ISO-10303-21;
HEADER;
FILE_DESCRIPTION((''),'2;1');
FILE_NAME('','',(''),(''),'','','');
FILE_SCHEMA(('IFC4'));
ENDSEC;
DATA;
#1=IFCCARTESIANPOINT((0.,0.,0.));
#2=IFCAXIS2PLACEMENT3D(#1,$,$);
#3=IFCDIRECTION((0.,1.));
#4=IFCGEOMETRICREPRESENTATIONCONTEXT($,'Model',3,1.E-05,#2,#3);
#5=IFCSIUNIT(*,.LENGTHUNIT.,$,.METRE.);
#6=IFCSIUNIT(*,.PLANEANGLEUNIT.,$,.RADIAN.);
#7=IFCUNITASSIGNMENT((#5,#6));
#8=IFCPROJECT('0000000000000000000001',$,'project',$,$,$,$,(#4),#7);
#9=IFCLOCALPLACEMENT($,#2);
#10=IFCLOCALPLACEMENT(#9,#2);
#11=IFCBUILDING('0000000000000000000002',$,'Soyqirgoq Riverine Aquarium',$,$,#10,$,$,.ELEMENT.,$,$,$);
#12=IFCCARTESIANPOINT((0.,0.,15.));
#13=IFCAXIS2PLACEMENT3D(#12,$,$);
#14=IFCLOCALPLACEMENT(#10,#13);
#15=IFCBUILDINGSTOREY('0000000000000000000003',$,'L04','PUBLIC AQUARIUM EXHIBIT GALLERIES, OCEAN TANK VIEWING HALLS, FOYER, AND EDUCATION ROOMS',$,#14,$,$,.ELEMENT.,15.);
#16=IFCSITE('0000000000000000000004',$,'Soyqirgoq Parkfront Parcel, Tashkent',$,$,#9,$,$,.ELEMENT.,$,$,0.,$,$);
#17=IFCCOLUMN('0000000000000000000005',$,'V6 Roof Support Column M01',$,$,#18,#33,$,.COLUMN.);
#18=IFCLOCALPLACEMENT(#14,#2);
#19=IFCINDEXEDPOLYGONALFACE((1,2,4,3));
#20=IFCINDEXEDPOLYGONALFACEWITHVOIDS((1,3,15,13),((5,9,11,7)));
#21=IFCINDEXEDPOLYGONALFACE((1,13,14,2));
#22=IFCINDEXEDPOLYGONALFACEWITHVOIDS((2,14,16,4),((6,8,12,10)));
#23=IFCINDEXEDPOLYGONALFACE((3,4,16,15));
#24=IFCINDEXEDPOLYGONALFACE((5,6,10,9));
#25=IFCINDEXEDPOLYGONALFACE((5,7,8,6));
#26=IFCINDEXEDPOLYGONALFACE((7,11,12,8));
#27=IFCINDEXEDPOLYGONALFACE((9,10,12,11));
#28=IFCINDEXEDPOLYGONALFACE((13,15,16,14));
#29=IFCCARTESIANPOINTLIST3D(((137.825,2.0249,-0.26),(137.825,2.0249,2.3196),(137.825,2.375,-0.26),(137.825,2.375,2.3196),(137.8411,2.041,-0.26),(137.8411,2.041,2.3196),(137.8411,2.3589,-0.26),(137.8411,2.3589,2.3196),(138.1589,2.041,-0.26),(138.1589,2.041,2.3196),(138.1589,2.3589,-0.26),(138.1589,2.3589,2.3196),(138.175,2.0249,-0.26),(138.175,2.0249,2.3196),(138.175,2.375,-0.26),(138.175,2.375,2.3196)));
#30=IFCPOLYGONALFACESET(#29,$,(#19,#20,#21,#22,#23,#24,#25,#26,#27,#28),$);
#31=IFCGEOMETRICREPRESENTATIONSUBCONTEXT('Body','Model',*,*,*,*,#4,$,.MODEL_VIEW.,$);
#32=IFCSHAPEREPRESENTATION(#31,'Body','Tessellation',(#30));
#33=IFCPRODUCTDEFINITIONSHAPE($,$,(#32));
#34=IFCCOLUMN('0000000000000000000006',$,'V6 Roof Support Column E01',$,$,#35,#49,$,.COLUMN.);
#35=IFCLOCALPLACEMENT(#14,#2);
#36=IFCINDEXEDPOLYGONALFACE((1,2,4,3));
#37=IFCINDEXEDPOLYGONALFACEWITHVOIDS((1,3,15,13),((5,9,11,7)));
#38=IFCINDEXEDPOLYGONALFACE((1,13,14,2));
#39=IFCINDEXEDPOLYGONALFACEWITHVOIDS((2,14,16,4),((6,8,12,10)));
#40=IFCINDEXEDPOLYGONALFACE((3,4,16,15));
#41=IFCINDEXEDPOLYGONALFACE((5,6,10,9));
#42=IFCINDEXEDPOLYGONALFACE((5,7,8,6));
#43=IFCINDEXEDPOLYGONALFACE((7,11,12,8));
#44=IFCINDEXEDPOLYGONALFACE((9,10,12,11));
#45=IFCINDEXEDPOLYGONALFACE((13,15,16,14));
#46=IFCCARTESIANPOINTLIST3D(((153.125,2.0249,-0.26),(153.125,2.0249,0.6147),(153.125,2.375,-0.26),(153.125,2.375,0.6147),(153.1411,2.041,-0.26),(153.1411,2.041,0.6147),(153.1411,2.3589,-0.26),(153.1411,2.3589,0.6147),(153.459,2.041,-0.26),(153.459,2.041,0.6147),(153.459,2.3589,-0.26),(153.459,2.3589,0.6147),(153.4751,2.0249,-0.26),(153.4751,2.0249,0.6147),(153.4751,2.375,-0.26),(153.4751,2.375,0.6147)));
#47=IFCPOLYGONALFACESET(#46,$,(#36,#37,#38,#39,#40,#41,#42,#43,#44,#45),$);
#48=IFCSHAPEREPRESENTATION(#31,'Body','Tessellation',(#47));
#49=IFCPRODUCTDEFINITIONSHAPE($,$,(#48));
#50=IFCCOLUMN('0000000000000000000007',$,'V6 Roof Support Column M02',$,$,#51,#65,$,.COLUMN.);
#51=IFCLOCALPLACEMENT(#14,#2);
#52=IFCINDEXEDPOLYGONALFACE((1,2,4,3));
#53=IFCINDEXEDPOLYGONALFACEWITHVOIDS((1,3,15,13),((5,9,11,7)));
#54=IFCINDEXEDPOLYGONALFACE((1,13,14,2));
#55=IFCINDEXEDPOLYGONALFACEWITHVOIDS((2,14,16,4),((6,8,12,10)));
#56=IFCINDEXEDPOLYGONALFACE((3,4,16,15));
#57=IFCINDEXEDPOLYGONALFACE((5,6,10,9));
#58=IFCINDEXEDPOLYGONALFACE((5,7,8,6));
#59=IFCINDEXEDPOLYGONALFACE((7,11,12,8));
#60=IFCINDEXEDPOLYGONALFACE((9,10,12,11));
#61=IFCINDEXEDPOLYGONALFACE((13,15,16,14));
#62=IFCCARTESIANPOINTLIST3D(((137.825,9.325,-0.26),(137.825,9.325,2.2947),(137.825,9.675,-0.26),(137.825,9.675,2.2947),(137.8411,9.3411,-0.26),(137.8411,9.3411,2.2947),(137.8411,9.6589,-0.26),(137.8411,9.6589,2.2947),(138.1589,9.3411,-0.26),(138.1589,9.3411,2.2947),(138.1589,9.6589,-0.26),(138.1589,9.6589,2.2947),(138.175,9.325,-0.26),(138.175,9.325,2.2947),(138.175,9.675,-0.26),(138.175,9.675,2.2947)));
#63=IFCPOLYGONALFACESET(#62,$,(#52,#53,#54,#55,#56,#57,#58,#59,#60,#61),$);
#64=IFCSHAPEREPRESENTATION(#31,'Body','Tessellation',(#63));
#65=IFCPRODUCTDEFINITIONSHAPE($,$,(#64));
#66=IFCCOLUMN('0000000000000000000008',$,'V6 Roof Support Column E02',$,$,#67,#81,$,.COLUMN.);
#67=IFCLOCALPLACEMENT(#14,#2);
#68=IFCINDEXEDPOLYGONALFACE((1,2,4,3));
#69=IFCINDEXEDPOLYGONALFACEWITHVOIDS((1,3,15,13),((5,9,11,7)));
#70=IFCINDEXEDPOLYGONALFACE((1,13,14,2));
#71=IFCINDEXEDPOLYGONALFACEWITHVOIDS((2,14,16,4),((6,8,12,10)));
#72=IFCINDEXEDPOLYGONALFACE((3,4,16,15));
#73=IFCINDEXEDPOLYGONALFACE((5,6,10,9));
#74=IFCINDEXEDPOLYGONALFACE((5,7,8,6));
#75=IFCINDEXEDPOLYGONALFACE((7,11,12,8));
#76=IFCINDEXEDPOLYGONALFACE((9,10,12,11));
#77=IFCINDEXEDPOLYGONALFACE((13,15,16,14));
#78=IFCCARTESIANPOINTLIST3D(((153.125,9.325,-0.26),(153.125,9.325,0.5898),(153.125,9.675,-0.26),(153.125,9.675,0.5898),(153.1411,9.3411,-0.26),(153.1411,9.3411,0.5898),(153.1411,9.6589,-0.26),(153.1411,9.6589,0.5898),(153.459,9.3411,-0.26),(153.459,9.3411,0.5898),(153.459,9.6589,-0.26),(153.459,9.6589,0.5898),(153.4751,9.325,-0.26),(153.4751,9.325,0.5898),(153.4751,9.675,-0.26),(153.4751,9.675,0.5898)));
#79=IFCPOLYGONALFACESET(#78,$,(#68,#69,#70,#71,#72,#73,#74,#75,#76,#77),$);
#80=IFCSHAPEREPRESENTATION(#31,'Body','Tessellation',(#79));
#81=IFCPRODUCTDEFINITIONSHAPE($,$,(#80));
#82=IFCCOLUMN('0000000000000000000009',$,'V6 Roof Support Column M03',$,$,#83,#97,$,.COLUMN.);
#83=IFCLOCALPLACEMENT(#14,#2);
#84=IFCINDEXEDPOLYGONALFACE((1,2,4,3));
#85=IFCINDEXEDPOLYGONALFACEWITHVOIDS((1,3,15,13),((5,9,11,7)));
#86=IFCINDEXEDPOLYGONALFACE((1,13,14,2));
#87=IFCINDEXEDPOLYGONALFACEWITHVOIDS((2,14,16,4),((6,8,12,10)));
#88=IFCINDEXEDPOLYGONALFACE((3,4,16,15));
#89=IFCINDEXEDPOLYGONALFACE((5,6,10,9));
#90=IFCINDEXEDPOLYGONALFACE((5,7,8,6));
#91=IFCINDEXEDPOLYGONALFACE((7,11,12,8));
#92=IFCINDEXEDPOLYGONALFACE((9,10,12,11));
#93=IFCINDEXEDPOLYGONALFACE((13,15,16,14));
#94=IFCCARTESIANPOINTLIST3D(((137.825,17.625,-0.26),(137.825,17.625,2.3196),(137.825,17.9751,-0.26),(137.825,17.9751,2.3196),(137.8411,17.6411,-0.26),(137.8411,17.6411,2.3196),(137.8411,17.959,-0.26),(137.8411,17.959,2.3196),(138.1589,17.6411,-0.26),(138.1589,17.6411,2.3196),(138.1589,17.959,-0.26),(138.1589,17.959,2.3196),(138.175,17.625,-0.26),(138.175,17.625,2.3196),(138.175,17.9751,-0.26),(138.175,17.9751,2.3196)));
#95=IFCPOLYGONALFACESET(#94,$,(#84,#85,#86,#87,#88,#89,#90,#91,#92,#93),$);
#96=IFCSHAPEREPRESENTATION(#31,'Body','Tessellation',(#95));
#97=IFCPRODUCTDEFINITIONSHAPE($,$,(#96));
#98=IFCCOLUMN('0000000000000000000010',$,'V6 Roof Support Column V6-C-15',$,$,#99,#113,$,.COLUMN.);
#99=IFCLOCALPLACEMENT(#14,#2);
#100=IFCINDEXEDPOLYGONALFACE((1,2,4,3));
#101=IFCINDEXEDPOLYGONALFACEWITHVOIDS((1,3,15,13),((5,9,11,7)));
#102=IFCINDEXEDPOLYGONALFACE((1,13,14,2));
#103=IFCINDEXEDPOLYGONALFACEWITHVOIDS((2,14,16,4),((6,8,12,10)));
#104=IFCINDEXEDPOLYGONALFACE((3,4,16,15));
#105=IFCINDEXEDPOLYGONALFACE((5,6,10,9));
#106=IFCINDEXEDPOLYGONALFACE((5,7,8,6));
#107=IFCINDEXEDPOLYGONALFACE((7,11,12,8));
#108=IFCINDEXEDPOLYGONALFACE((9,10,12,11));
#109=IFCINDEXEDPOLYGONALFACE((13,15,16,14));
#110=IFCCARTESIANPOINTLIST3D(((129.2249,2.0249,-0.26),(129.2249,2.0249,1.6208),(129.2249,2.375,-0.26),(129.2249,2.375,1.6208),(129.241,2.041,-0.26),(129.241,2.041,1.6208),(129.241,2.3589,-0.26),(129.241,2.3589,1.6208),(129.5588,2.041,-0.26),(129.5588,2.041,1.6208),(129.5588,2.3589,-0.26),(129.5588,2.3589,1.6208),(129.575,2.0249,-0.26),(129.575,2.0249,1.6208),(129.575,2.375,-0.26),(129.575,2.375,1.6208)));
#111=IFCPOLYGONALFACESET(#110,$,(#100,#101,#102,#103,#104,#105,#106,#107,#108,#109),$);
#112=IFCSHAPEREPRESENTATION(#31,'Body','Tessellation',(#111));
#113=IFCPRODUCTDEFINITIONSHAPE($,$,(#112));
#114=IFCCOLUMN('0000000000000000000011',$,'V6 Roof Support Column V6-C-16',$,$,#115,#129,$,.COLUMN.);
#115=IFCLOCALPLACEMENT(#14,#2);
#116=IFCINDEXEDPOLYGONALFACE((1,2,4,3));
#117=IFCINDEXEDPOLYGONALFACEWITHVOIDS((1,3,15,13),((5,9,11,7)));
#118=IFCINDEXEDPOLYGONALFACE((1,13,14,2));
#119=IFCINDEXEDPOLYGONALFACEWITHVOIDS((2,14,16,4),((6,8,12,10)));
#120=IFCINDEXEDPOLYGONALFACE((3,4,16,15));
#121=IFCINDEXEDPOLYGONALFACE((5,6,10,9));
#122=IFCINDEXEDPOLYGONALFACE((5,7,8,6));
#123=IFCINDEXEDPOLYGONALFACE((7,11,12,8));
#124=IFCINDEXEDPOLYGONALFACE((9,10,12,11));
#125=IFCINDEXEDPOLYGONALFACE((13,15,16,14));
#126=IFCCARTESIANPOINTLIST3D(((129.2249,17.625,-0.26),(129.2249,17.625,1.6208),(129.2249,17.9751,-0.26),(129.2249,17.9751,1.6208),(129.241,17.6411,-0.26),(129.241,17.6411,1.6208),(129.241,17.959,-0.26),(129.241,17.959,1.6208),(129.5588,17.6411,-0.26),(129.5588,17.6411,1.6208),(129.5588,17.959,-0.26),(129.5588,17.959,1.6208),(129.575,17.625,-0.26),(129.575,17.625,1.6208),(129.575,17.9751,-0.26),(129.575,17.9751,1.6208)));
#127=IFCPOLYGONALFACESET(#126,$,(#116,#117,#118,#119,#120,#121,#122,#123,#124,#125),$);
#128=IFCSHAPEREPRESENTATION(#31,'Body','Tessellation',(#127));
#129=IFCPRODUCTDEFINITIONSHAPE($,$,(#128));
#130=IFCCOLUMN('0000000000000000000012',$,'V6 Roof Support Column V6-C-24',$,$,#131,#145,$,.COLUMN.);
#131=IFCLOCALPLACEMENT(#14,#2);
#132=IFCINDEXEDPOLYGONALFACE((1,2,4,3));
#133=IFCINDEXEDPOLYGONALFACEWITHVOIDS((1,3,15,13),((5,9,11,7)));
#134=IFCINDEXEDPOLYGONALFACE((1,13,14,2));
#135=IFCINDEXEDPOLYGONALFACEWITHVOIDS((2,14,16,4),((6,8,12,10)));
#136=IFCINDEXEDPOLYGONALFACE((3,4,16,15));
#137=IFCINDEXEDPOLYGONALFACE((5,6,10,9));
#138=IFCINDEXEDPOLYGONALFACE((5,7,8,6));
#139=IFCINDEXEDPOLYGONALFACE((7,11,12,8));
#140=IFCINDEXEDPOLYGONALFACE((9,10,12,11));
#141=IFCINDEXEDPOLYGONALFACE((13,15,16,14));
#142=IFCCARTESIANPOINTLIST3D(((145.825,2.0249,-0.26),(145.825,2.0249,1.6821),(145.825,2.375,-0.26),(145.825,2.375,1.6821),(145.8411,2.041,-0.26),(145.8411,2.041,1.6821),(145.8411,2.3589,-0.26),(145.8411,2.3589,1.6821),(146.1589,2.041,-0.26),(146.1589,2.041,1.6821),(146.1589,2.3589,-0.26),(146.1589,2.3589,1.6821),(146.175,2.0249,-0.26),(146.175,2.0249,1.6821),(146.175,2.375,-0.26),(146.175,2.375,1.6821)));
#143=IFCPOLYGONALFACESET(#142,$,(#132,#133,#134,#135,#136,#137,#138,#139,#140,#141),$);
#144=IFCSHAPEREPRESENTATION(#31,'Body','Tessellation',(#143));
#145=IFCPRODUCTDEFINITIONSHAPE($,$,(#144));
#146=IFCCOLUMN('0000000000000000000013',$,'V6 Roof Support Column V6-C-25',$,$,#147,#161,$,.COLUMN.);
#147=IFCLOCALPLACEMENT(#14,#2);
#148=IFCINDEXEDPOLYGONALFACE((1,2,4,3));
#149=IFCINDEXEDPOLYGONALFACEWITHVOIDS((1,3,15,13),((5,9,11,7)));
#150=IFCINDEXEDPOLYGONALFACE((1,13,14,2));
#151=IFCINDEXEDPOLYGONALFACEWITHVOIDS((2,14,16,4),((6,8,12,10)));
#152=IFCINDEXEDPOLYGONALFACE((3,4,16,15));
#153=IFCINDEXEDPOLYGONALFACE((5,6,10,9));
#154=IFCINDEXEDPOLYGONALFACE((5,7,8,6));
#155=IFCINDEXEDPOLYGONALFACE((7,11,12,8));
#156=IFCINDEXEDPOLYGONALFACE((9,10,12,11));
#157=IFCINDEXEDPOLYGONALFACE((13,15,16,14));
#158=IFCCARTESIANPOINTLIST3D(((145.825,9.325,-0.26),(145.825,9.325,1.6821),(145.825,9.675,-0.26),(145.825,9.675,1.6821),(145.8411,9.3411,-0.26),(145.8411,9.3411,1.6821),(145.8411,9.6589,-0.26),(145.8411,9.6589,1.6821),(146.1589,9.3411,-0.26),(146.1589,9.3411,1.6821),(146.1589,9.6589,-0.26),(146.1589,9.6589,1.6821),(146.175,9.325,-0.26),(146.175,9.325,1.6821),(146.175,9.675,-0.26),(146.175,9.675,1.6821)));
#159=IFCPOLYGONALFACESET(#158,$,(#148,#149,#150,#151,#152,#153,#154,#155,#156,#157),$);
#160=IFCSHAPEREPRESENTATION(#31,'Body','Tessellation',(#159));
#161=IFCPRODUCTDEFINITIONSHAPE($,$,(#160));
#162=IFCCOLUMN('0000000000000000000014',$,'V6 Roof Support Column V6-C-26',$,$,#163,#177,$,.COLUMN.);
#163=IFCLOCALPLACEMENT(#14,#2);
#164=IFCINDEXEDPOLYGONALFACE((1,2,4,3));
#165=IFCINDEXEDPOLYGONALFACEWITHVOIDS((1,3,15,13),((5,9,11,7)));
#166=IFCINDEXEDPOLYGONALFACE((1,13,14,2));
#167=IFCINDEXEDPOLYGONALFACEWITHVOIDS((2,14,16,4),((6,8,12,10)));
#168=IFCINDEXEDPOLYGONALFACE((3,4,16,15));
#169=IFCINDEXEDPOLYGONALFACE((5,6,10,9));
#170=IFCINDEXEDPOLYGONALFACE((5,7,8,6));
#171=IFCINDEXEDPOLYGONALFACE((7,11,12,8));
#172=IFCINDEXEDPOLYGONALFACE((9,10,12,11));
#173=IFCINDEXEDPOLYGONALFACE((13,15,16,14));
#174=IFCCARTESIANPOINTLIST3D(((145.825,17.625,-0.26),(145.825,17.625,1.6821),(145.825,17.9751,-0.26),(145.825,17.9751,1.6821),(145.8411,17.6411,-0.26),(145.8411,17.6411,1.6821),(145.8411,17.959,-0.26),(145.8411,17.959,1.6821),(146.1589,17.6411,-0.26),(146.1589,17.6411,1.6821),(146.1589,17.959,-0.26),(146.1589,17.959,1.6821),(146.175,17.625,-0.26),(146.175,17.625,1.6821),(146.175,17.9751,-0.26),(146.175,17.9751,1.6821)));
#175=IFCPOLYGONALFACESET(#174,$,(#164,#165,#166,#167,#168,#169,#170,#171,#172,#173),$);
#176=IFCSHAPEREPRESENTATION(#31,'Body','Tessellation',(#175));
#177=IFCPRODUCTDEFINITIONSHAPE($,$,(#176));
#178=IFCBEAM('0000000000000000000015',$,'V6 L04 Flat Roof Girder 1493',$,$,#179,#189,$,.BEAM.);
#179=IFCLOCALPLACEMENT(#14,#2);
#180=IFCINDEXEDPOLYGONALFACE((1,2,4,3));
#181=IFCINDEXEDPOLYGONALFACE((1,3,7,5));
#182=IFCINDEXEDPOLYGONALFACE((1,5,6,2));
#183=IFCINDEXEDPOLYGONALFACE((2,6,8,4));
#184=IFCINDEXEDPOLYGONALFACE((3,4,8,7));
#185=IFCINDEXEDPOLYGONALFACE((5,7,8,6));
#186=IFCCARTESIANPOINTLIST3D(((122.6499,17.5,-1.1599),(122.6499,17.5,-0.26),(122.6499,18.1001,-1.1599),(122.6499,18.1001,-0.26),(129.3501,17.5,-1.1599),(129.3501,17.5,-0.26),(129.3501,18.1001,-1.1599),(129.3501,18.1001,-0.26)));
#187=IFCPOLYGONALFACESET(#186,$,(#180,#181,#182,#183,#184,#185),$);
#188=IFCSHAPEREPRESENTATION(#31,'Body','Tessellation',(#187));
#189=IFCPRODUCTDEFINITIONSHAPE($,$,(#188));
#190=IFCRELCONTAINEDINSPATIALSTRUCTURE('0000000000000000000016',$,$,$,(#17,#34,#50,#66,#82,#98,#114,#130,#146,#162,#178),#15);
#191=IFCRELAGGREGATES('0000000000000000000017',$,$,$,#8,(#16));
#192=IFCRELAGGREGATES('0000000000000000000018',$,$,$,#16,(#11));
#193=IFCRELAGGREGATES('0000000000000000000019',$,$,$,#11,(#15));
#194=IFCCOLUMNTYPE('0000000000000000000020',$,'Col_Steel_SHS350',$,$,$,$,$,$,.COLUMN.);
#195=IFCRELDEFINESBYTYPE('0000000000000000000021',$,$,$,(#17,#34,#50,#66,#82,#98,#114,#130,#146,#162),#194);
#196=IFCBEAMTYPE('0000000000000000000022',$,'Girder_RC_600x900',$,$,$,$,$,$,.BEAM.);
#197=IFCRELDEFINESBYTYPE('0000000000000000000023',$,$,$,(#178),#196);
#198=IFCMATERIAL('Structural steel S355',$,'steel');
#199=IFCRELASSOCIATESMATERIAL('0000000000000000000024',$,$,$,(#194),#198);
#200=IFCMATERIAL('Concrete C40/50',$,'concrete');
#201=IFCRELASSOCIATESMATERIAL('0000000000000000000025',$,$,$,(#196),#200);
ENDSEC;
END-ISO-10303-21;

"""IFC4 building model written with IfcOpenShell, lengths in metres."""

from ifc_helpers import new_model, si_unit, direction, frame, origin, origin_2d, place, context, subcontext, project, spatial, rectangle, hollow_rectangle, extrude, material, material_profile, profile_set, type_object, element, save


model = new_model("IFC4")

# Units and contexts
model_context = context("Model", 3, precision=1e-05, world=origin(), true_north=direction((0.0, 1.0)))
body_context = subcontext(model_context, "Body", "Model", "MODEL_VIEW")
ifc_project = project(units=[si_unit("LENGTHUNIT", "METRE"), si_unit("PLANEANGLEUNIT", "RADIAN")], contexts=[model_context])

# Site, building, storey
site_placement = place(None, origin())
site = spatial("IfcSite", under=ifc_project, at=site_placement, Name="Soyqirgoq Parkfront Parcel, Tashkent", CompositionType="ELEMENT", RefElevation=0.0)
building_placement = place(site_placement, origin())
building = spatial("IfcBuilding", under=site, at=building_placement, Name="Soyqirgoq Riverine Aquarium", CompositionType="ELEMENT")
storey_placement = place(building_placement, frame((0.0, 0.0, 15.0)))
storey = spatial("IfcBuildingStorey", under=building, at=storey_placement, Name="L04", Description="PUBLIC AQUARIUM EXHIBIT GALLERIES, OCEAN TANK VIEWING HALLS, FOYER, AND EDUCATION ROOMS", CompositionType="ELEMENT", Elevation=15.0)

# Columns
ifc_material_1 = material(Name="Structural steel S355", Category="steel")
ifc_material_profile_1 = material_profile(ifc_material_1, hollow_rectangle(XDim=0.3501, YDim=0.3501, WallThickness=0.0161, at=origin_2d()), Name="SHS 350x350x16")
ifc_profile_set_1 = profile_set([ifc_material_profile_1], Name="Structural steel S355")
column_type = type_object("IfcColumnType", Name="Col_Steel_SHS350", PredefinedType="COLUMN", material=ifc_profile_set_1)
column_1_placement = place(storey_placement, frame((138.0, 2.2, -0.26), z_axis=(0.0, 0.0, 1.0), x_axis=(1.0, 0.0, 0.0)))
element("IfcColumn", 1, at=column_1_placement, inside=storey, type_object=column_type, Name="V6 Roof Support Column M01", PredefinedType="COLUMN", context=body_context, shape_type="SweptSolid", body=[
    extrude(hollow_rectangle(XDim=0.3501, YDim=0.3501, WallThickness=0.0161, at=origin_2d()), origin(), (0.0, 0.0, 1.0), 2.5796),
])
column_2_placement = place(storey_placement, frame((153.3, 2.2, -0.26), z_axis=(0.0, 0.0, 1.0), x_axis=(1.0, 0.0, 0.0)))
element("IfcColumn", 2, at=column_2_placement, inside=storey, type_object=column_type, Name="V6 Roof Support Column E01", PredefinedType="COLUMN", context=body_context, shape_type="SweptSolid", body=[
    extrude(hollow_rectangle(XDim=0.3501, YDim=0.3501, WallThickness=0.0161, at=origin_2d()), origin(), (0.0, 0.0, 1.0), 0.8748),
])
column_3_placement = place(storey_placement, frame((138.0, 9.5, -0.26), z_axis=(0.0, 0.0, 1.0), x_axis=(1.0, 0.0, 0.0)))
element("IfcColumn", 3, at=column_3_placement, inside=storey, type_object=column_type, Name="V6 Roof Support Column M02", PredefinedType="COLUMN", context=body_context, shape_type="SweptSolid", body=[
    extrude(hollow_rectangle(XDim=0.3501, YDim=0.3501, WallThickness=0.0161, at=origin_2d()), origin(), (0.0, 0.0, 1.0), 2.5547),
])
column_4_placement = place(storey_placement, frame((153.3, 9.5, -0.26), z_axis=(0.0, 0.0, 1.0), x_axis=(1.0, 0.0, 0.0)))
element("IfcColumn", 4, at=column_4_placement, inside=storey, type_object=column_type, Name="V6 Roof Support Column E02", PredefinedType="COLUMN", context=body_context, shape_type="SweptSolid", body=[
    extrude(hollow_rectangle(XDim=0.3501, YDim=0.3501, WallThickness=0.0161, at=origin_2d()), origin(), (0.0, 0.0, 1.0), 0.8499),
])
column_5_placement = place(storey_placement, frame((138.0, 17.8, -0.26), z_axis=(0.0, 0.0, 1.0), x_axis=(1.0, 0.0, 0.0)))
element("IfcColumn", 5, at=column_5_placement, inside=storey, type_object=column_type, Name="V6 Roof Support Column M03", PredefinedType="COLUMN", context=body_context, shape_type="SweptSolid", body=[
    extrude(hollow_rectangle(XDim=0.3501, YDim=0.3501, WallThickness=0.0161, at=origin_2d()), origin(), (0.0, 0.0, 1.0), 2.5796),
])
for number, where, z_axis, x_axis, name in (
    (6, (129.3999, 2.2, -0.26), (0.0, 0.0, 1.0), (1.0, 0.0, 0.0), "V6 Roof Support Column V6-C-15"),
    (7, (129.3999, 17.8, -0.26), (0.0, 0.0, 1.0), (1.0, 0.0, 0.0), "V6 Roof Support Column V6-C-16"),
):
    element("IfcColumn", number, at=place(storey_placement, frame(where, z_axis=z_axis, x_axis=x_axis)), inside=storey, type_object=column_type, Name=name, PredefinedType="COLUMN", context=body_context, shape_type="SweptSolid", body=[
        extrude(hollow_rectangle(XDim=0.3501, YDim=0.3501, WallThickness=0.0161, at=origin_2d()), origin(), (0.0, 0.0, 1.0), 1.8809),
    ])
for number, where, z_axis, x_axis, name in (
    (8, (146.0, 2.2, -0.26), (0.0, 0.0, 1.0), (1.0, 0.0, 0.0), "V6 Roof Support Column V6-C-24"),
    (9, (146.0, 9.5, -0.26), (0.0, 0.0, 1.0), (1.0, 0.0, 0.0), "V6 Roof Support Column V6-C-25"),
    (10, (146.0, 17.8, -0.26), (0.0, 0.0, 1.0), (1.0, 0.0, 0.0), "V6 Roof Support Column V6-C-26"),
):
    element("IfcColumn", number, at=place(storey_placement, frame(where, z_axis=z_axis, x_axis=x_axis)), inside=storey, type_object=column_type, Name=name, PredefinedType="COLUMN", context=body_context, shape_type="SweptSolid", body=[
        extrude(hollow_rectangle(XDim=0.3501, YDim=0.3501, WallThickness=0.0161, at=origin_2d()), origin(), (0.0, 0.0, 1.0), 1.9421),
    ])

# Beam
ifc_material_2 = material(Name="Concrete C40/50", Category="concrete")
ifc_material_profile_2 = material_profile(ifc_material_2, rectangle(XDim=0.6001, YDim=0.8999, at=origin_2d()), Name="RC 600x900")
ifc_profile_set_2 = profile_set([ifc_material_profile_2], Name="Concrete C40/50")
beam_type_1 = type_object("IfcBeamType", Name="Girder_RC_600x900", PredefinedType="BEAM", material=ifc_profile_set_2)
beam_1_placement = place(storey_placement, frame((122.6499, 17.8, -0.71), z_axis=(1.0, 0.0, 0.0), x_axis=(0.0, 1.0, 0.0)))
element("IfcBeam", 11, at=beam_1_placement, inside=storey, type_object=beam_type_1, Name="V6 L04 Flat Roof Girder 1493", PredefinedType="BEAM", context=body_context, shape_type="SweptSolid", body=[
    extrude(rectangle(XDim=0.6001, YDim=0.8999, at=origin_2d()), origin(), (0.0, 0.0, 1.0), 6.7002),
])

save(model, "model.ifc")
